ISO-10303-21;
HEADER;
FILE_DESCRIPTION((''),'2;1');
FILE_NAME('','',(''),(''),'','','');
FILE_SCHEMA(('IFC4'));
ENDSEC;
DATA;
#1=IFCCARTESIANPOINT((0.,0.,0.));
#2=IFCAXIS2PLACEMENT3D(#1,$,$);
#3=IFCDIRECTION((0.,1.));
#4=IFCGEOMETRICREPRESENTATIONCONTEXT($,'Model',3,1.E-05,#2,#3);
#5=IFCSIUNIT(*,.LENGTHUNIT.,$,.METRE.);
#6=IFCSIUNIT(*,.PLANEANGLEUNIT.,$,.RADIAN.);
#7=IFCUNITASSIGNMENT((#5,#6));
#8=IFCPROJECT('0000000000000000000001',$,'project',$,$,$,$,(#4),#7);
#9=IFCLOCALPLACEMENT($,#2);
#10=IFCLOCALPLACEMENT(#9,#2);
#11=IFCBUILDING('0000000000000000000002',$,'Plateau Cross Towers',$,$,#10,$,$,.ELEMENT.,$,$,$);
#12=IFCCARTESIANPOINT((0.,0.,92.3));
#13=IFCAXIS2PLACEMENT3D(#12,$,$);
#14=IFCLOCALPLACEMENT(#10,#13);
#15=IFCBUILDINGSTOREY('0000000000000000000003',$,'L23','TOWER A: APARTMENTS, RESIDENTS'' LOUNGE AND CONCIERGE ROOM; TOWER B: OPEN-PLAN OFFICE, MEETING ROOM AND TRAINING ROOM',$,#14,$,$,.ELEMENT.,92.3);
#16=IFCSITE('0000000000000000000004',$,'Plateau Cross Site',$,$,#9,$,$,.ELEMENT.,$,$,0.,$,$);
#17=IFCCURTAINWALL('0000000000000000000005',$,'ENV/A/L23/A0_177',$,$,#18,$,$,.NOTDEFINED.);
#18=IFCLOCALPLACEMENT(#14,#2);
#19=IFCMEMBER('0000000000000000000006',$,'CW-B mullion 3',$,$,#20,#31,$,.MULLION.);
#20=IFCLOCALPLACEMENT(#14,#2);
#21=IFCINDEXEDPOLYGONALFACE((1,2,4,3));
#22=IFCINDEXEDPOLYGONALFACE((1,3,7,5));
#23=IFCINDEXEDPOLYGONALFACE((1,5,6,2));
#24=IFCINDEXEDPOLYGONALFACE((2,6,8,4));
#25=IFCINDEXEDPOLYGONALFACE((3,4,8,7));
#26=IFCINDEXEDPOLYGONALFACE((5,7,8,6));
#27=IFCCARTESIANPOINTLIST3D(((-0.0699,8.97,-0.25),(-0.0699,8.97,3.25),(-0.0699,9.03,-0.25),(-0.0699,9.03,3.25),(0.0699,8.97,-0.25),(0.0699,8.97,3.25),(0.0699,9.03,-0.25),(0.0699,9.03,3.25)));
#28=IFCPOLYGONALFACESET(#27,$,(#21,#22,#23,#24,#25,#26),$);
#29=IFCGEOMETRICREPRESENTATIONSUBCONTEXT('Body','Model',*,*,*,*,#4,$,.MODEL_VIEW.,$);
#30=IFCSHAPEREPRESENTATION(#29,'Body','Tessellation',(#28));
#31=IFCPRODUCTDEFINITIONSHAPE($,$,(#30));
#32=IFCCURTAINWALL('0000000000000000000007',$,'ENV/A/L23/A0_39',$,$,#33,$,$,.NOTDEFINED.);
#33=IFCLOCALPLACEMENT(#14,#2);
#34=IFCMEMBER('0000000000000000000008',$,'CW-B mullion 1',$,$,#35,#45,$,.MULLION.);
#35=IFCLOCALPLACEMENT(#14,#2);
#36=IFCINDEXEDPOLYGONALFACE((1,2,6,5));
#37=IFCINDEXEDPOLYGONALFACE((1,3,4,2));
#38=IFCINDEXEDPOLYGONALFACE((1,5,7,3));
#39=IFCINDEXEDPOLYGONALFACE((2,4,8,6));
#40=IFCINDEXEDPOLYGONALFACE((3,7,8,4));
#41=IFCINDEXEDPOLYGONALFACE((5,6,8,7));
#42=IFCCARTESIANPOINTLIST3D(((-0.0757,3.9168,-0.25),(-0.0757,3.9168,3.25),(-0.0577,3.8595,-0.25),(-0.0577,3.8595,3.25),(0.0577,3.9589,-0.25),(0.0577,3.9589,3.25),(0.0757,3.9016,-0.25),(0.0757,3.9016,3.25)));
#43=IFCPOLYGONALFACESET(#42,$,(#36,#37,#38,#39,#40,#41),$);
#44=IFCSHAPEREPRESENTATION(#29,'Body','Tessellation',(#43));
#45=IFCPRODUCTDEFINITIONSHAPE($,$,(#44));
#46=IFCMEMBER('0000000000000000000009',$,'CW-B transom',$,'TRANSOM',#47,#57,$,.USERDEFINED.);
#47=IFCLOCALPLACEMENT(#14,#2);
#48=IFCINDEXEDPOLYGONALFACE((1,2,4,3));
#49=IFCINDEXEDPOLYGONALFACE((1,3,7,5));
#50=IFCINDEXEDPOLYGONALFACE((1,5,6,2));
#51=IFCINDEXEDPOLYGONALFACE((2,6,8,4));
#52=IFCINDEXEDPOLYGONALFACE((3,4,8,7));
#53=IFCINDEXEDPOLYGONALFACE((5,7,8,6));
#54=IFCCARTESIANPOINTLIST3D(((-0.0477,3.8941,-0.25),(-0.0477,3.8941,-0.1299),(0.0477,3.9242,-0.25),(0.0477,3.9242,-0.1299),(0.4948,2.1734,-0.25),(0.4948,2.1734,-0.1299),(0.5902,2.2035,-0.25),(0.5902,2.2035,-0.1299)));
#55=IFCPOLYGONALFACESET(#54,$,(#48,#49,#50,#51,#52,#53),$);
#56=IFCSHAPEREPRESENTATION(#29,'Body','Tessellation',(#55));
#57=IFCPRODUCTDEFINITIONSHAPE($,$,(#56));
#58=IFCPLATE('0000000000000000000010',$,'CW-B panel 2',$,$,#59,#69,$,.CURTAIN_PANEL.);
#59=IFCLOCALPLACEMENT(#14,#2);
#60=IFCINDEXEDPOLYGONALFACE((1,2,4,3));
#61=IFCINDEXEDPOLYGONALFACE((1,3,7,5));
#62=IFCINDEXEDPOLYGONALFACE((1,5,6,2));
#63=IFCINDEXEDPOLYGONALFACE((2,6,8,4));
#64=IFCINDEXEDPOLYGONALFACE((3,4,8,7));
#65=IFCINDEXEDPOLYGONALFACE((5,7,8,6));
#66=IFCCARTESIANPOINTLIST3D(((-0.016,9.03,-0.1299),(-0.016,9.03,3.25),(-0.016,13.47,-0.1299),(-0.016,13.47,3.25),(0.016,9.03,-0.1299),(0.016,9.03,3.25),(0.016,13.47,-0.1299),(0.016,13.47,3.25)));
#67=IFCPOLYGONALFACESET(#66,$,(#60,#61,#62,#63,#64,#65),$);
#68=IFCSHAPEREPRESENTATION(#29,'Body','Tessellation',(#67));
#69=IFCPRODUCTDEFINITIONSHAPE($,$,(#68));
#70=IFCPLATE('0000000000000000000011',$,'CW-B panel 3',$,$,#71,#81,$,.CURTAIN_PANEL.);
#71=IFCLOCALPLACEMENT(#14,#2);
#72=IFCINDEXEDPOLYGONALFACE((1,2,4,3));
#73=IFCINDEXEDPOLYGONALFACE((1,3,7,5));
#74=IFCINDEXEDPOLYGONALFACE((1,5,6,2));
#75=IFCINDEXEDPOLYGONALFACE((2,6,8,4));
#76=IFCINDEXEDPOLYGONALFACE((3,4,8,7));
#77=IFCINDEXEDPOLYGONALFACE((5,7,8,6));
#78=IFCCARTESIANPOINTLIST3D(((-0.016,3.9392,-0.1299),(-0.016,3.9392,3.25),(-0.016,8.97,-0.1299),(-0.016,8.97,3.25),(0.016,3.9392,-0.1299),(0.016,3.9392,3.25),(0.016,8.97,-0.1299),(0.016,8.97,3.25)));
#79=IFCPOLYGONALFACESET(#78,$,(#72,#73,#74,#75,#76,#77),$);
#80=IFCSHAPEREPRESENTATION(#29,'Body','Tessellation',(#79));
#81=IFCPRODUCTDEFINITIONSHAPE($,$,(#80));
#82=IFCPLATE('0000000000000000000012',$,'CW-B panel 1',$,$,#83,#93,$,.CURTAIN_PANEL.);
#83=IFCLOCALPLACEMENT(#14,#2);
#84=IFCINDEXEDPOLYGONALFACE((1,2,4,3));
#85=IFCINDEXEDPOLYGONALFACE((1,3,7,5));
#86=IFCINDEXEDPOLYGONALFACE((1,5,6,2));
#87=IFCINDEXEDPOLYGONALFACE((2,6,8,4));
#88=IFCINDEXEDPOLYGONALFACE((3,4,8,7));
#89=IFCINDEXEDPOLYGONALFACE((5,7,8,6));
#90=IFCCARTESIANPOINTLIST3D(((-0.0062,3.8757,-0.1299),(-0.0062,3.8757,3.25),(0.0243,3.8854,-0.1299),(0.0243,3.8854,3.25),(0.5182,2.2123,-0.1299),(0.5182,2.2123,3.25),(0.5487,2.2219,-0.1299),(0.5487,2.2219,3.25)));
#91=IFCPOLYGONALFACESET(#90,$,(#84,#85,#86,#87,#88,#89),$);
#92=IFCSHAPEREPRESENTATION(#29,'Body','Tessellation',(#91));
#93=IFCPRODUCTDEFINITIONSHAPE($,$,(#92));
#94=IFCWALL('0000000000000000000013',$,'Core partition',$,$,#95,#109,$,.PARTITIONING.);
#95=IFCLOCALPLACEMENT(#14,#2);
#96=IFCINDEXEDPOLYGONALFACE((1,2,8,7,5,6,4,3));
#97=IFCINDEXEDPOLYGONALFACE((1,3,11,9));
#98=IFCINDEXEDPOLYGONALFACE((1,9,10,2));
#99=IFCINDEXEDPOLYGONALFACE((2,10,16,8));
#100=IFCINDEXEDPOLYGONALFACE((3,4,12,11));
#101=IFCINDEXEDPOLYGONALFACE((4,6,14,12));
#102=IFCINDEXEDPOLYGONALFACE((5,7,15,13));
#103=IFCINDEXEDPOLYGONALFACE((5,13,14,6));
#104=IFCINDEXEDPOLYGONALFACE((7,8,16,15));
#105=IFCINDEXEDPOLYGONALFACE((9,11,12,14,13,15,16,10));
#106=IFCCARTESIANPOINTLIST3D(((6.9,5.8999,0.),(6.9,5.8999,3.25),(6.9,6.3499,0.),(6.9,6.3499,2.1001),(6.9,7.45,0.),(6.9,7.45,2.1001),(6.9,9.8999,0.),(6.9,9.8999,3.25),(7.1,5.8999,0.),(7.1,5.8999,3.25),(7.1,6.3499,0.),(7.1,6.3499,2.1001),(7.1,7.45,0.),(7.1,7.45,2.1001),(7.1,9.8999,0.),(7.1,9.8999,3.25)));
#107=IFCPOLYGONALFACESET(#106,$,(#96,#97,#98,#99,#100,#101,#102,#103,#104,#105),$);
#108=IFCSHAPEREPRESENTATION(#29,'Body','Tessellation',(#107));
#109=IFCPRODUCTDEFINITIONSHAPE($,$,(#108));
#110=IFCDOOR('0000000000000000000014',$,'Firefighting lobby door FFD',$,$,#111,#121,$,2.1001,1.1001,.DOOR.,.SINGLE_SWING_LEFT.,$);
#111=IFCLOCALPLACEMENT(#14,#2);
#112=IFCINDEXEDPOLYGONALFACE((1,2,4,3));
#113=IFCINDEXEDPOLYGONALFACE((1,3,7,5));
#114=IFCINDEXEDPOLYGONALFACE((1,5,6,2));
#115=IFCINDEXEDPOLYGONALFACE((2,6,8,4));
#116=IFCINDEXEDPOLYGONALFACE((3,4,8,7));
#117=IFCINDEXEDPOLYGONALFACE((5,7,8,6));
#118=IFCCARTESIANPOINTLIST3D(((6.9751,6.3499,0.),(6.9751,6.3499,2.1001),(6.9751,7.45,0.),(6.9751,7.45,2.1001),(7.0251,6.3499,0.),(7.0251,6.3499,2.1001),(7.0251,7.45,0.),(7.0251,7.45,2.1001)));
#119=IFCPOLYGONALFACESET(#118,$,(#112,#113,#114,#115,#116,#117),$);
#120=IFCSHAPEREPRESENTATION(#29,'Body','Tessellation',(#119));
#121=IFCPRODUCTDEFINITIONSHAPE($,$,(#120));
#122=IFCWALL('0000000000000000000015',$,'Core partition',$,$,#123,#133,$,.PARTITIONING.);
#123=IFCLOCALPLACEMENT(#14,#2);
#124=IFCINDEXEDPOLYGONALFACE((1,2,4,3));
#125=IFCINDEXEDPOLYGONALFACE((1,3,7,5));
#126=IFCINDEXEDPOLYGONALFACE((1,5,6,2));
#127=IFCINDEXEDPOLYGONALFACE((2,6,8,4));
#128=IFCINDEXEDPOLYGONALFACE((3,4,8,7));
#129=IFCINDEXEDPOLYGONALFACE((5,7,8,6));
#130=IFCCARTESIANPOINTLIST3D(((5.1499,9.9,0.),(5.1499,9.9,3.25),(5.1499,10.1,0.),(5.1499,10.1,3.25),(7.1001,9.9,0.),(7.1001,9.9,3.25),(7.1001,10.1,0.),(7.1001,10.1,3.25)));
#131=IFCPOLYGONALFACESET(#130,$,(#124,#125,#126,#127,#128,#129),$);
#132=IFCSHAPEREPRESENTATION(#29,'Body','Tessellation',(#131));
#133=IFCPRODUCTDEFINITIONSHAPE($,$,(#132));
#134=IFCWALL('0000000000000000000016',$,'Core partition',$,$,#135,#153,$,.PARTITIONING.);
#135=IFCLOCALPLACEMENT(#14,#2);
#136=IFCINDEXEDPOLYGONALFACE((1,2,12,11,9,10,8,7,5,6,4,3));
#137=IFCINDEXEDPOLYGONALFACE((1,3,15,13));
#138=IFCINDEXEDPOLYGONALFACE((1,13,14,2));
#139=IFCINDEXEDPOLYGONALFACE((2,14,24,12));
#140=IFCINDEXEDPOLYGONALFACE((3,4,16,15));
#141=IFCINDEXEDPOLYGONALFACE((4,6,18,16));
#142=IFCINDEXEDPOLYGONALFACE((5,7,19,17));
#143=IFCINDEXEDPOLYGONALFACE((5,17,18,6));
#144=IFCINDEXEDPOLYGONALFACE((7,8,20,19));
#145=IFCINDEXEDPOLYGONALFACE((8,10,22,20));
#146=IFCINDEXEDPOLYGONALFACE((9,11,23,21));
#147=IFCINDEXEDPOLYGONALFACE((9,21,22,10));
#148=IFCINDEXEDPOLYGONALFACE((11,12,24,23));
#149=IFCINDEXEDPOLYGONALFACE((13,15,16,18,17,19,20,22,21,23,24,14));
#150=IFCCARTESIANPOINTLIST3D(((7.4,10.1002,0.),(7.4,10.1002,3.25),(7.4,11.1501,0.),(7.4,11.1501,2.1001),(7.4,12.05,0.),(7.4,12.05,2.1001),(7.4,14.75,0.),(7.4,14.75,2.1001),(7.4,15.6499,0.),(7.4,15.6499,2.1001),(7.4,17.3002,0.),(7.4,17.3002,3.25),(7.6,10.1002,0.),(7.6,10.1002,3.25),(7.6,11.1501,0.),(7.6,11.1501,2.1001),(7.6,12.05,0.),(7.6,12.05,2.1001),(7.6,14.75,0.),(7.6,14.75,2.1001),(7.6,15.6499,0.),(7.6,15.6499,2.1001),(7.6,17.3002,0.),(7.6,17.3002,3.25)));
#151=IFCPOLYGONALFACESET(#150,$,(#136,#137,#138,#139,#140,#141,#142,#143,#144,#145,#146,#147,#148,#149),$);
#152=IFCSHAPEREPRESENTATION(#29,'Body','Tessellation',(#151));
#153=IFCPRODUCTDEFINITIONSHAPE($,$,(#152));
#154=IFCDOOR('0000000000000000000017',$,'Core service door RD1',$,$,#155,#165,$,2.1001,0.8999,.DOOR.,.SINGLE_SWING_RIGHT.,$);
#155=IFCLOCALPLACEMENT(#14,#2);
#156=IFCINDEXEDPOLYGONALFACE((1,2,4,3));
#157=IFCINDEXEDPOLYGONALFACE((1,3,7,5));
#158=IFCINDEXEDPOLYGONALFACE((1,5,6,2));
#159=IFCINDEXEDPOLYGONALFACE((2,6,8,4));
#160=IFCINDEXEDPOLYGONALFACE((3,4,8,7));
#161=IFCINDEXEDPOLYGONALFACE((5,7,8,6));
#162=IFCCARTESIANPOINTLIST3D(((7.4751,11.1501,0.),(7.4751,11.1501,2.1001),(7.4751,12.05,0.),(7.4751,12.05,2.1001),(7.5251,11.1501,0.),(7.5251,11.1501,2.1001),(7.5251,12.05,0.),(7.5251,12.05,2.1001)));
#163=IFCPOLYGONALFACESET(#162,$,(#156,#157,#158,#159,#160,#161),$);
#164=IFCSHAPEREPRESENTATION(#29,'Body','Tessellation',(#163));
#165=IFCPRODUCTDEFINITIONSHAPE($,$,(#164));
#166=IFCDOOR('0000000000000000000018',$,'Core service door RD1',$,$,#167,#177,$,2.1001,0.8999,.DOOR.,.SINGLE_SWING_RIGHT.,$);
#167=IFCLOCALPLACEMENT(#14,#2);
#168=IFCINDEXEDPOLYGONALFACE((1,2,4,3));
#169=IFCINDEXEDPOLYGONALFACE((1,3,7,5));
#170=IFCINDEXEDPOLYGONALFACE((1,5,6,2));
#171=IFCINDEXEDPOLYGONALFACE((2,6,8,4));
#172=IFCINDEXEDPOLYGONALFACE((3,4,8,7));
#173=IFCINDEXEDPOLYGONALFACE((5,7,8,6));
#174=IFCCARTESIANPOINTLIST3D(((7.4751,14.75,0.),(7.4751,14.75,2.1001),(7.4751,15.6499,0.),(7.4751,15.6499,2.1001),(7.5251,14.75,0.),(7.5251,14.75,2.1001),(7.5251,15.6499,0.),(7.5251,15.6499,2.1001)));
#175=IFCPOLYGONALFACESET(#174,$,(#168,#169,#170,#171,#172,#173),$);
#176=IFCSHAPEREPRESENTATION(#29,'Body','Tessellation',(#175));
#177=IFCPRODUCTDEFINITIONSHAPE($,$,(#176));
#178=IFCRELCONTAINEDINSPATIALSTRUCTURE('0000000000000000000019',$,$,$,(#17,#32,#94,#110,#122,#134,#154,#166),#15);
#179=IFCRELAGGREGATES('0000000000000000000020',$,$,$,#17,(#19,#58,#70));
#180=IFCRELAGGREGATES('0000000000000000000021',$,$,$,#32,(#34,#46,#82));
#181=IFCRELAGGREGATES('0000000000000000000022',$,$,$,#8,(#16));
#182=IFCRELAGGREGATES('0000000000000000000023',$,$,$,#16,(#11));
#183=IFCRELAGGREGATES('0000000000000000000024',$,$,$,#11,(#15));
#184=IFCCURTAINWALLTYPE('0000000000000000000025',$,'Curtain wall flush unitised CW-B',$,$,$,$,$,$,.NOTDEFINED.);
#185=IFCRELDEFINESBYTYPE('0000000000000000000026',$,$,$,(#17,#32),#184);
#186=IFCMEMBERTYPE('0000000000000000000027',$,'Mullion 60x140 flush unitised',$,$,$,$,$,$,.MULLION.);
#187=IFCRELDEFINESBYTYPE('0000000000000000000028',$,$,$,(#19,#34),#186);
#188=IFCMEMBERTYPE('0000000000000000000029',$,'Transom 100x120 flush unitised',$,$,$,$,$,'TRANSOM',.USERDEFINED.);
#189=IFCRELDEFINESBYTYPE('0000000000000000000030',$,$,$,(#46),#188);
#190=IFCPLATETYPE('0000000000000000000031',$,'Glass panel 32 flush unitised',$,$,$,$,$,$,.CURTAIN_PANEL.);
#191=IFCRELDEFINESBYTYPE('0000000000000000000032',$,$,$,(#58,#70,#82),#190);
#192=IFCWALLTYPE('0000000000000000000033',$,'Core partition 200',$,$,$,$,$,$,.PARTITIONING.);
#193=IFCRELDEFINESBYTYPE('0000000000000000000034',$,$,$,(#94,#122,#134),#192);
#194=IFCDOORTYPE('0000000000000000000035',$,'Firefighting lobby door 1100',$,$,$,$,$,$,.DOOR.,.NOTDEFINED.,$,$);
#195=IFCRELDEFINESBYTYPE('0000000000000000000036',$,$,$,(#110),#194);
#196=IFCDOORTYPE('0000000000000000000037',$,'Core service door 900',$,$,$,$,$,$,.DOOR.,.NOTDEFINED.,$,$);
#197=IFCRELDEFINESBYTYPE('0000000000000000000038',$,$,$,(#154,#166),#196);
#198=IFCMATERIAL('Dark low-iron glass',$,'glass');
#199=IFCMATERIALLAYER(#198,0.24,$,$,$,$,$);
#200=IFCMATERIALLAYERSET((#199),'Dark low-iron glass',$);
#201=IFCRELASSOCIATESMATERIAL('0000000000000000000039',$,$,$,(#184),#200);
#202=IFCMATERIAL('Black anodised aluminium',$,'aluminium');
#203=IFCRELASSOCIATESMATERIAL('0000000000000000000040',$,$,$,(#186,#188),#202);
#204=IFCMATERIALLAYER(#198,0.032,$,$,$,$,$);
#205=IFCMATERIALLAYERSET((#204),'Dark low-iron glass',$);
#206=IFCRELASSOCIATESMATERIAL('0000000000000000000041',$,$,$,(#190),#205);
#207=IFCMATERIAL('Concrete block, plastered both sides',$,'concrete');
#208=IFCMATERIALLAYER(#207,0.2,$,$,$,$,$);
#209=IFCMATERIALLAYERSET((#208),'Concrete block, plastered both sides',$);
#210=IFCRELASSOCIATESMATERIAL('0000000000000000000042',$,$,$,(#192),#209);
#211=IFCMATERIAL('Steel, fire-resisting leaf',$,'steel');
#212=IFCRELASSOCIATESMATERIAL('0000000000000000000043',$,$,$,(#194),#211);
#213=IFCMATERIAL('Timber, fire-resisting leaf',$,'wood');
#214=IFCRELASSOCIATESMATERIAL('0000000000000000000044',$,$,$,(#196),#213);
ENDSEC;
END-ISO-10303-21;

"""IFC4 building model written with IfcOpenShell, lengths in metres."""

from ifc_helpers import new_model, si_unit, direction, frame, frame_2d, origin, origin_2d, place, context, subcontext, project, spatial, rectangle, extrude, material, layer, layer_set, material_profile, profile_set, type_object, element, fill, aggregate, save


model = new_model("IFC4")

# Units and contexts
model_context = context("Model", 3, precision=1e-05, world=origin(), true_north=direction((0.0, 1.0)))
body_context = subcontext(model_context, "Body", "Model", "MODEL_VIEW")
ifc_project = project(units=[si_unit("LENGTHUNIT", "METRE"), si_unit("PLANEANGLEUNIT", "RADIAN")], contexts=[model_context])

# Site, building, storey
site_placement = place(None, origin())
site = spatial("IfcSite", under=ifc_project, at=site_placement, Name="Plateau Cross Site", CompositionType="ELEMENT", RefElevation=0.0)
building_placement = place(site_placement, origin())
building = spatial("IfcBuilding", under=site, at=building_placement, Name="Plateau Cross Towers", CompositionType="ELEMENT")
storey_placement = place(building_placement, frame((0.0, 0.0, 92.3)))
storey = spatial("IfcBuildingStorey", under=building, at=storey_placement, Name="L23", Description="TOWER A: APARTMENTS, RESIDENTS' LOUNGE AND CONCIERGE ROOM; TOWER B: OPEN-PLAN OFFICE, MEETING ROOM AND TRAINING ROOM", CompositionType="ELEMENT", Elevation=92.3)

# Curtain wall, member
ifc_material_1 = material(Name="Dark low-iron glass", Category="glass")
ifc_layer_1 = layer(ifc_material_1, 0.24)
ifc_layer_set_1 = layer_set([ifc_layer_1], Name="Dark low-iron glass")
curtain_wall_type = type_object("IfcCurtainWallType", Name="Curtain wall flush unitised CW-B", PredefinedType="NOTDEFINED", material=ifc_layer_set_1)
curtain_wall_1_placement = place(storey_placement, origin())
curtain_wall_1 = element("IfcCurtainWall", 1, at=curtain_wall_1_placement, inside=storey, type_object=curtain_wall_type, Name="ENV/A/L23/A0_177", PredefinedType="NOTDEFINED")
ifc_material_2 = material(Name="Black anodised aluminium", Category="aluminium")
ifc_material_profile_1 = material_profile(ifc_material_2, rectangle(XDim=0.0601, YDim=0.1399, at=origin_2d()), Name="MULLION 60x140")
ifc_profile_set_1 = profile_set([ifc_material_profile_1], Name="Black anodised aluminium")
member_type_1 = type_object("IfcMemberType", Name="Mullion 60x140 flush unitised", PredefinedType="MULLION", material=ifc_profile_set_1)
member_1_placement = place(storey_placement, frame((0.0, 9.0, -0.25), z_axis=(0.0, 0.0, 1.0), x_axis=(0.0, -1.0, 0.0)))
member_1 = element("IfcMember", 2, at=member_1_placement, type_object=member_type_1, Name="CW-B mullion 3", PredefinedType="MULLION", context=body_context, shape_type="SweptSolid", body=[
    extrude(rectangle(XDim=0.0601, YDim=0.1399, at=origin_2d()), origin(), (0.0, 0.0, 1.0), 3.5),
])

# Curtain wall, members
curtain_wall_2_placement = place(storey_placement, origin())
curtain_wall_2 = element("IfcCurtainWall", 3, at=curtain_wall_2_placement, inside=storey, type_object=curtain_wall_type, Name="ENV/A/L23/A0_39", PredefinedType="NOTDEFINED")
member_2_placement = place(storey_placement, frame((0.0, 3.9092, -0.25), z_axis=(0.0, 0.0, 1.0), x_axis=(0.300686, -0.953723, 0.0)))
member_2 = element("IfcMember", 4, at=member_2_placement, type_object=member_type_1, Name="CW-B mullion 1", PredefinedType="MULLION", context=body_context, shape_type="SweptSolid", body=[
    extrude(rectangle(XDim=0.0601, YDim=0.1399, at=origin_2d()), origin(), (0.0, 0.0, 1.0), 3.5),
])
ifc_material_profile_2 = material_profile(ifc_material_2, rectangle(XDim=0.1001, YDim=0.1201, at=origin_2d()), Name="TRANSOM 100x120")
ifc_profile_set_2 = profile_set([ifc_material_profile_2], Name="Black anodised aluminium")
member_type_2 = type_object("IfcMemberType", Name="Transom 100x120 flush unitised", ElementType="TRANSOM", PredefinedType="USERDEFINED", material=ifc_profile_set_2)
member_3_placement = place(storey_placement, frame((0.0, 3.9092, -0.1899), z_axis=(0.300678, -0.953726, 0.0), x_axis=(0.953726, 0.300678, 0.0)))
member_3 = element("IfcMember", 5, at=member_3_placement, type_object=member_type_2, Name="CW-B transom", ObjectType="TRANSOM", PredefinedType="USERDEFINED", context=body_context, shape_type="SweptSolid", body=[
    extrude(rectangle(XDim=0.1001, YDim=0.1201, at=origin_2d()), origin(), (0.0, 0.0, 1.0), 1.8042),
])

# Plates
ifc_layer_2 = layer(ifc_material_1, 0.032)
ifc_layer_set_2 = layer_set([ifc_layer_2], Name="Dark low-iron glass")
plate_type = type_object("IfcPlateType", Name="Glass panel 32 flush unitised", PredefinedType="CURTAIN_PANEL", material=ifc_layer_set_2)
plate_1_placement = place(storey_placement, frame((0.0, 11.25, -0.1299), z_axis=(0.0, 0.0, 1.0), x_axis=(0.0, -1.0, 0.0)))
plate_1 = element("IfcPlate", 6, at=plate_1_placement, type_object=plate_type, Name="CW-B panel 2", PredefinedType="CURTAIN_PANEL", context=body_context, shape_type="SweptSolid", body=[
    extrude(rectangle(XDim=4.4399, YDim=0.032, at=origin_2d()), origin(), (0.0, 0.0, 1.0), 3.3799),
])
plate_2_placement = place(storey_placement, frame((0.0, 6.4546, -0.1299), z_axis=(0.0, 0.0, 1.0), x_axis=(0.0, -1.0, 0.0)))
plate_2 = element("IfcPlate", 7, at=plate_2_placement, type_object=plate_type, Name="CW-B panel 3", PredefinedType="CURTAIN_PANEL", context=body_context, shape_type="SweptSolid", body=[
    extrude(rectangle(XDim=5.0308, YDim=0.032, at=origin_2d()), origin(), (0.0, 0.0, 1.0), 3.3799),
])
aggregate(curtain_wall_1, [member_1, plate_1, plate_2])
plate_3_placement = place(storey_placement, frame((0.2712, 3.0488, -0.1299), z_axis=(0.0, 0.0, 1.0), x_axis=(0.300686, -0.953723, 0.0)))
plate_3 = element("IfcPlate", 8, at=plate_3_placement, type_object=plate_type, Name="CW-B panel 1", PredefinedType="CURTAIN_PANEL", context=body_context, shape_type="SweptSolid", body=[
    extrude(rectangle(XDim=1.7441, YDim=0.032, at=origin_2d()), origin(), (0.0, 0.0, 1.0), 3.3799),
])
aggregate(curtain_wall_2, [member_2, member_3, plate_3])

# Wall, opening, door
ifc_material_3 = material(Name="Concrete block, plastered both sides", Category="concrete")
ifc_layer_3 = layer(ifc_material_3, 0.2)
ifc_layer_set_3 = layer_set([ifc_layer_3], Name="Concrete block, plastered both sides")
wall_type_1 = type_object("IfcWallType", Name="Core partition 200", PredefinedType="PARTITIONING", material=ifc_layer_set_3)
wall_1_placement = place(storey_placement, frame((7.0, 5.8999, 0.0), z_axis=(0.0, 0.0, 1.0), x_axis=(0.0, 1.0, 0.0)))
wall_1 = element("IfcWall", 9, at=wall_1_placement, inside=storey, type_object=wall_type_1, Name="Core partition", PredefinedType="PARTITIONING", context=body_context, shape_type="SweptSolid", body=[
    extrude(rectangle(XDim=4.0, YDim=0.2, at=frame_2d((2.0, 0.0))), origin(), (0.0, 0.0, 1.0), 3.25),
])
opening_1_placement = place(wall_1_placement, frame((0.45, 0.0, 0.0)))
opening_1 = element("IfcOpeningElement", 10, at=opening_1_placement, cuts=wall_1, PredefinedType="OPENING", context=body_context, shape_type="SweptSolid", body=[
    extrude(rectangle(XDim=1.1001, YDim=2.1001, at=frame_2d((0.55, 1.05))), frame((0.0, 0.1099, 0.0), z_axis=(0.0, -1.0, 0.0), x_axis=(1.0, 0.0, 0.0)), (0.0, 0.0, 1.0), 0.22),
])
ifc_material_4 = material(Name="Steel, fire-resisting leaf", Category="steel")
door_type_1 = type_object("IfcDoorType", Name="Firefighting lobby door 1100", OperationType="NOTDEFINED", PredefinedType="DOOR", material=ifc_material_4)
door_1_placement = place(opening_1_placement, origin())
door_1 = element("IfcDoor", 11, at=door_1_placement, inside=storey, type_object=door_type_1, Name="Firefighting lobby door FFD", OperationType="SINGLE_SWING_LEFT", OverallHeight=2.1001, OverallWidth=1.1001, PredefinedType="DOOR", context=body_context, shape_type="SweptSolid", body=[
    extrude(rectangle(XDim=1.1001, YDim=2.1001, at=frame_2d((0.55, 1.05))), frame((0.0, 0.0249, 0.0), z_axis=(0.0, -1.0, 0.0), x_axis=(1.0, 0.0, 0.0)), (0.0, 0.0, 1.0), 0.05),
])
fill(opening_1, door_1)

# Wall
wall_2_placement = place(storey_placement, frame((5.1499, 10.0, 0.0), z_axis=(0.0, 0.0, 1.0), x_axis=(1.0, 0.0, 0.0)))
element("IfcWall", 12, at=wall_2_placement, inside=storey, type_object=wall_type_1, Name="Core partition", PredefinedType="PARTITIONING", context=body_context, shape_type="SweptSolid", body=[
    extrude(rectangle(XDim=1.9502, YDim=0.2, at=frame_2d((0.9751, 0.0))), origin(), (0.0, 0.0, 1.0), 3.25),
])

# Wall, openings, doors
wall_3_placement = place(storey_placement, frame((7.5, 10.1001, 0.0), z_axis=(0.0, 0.0, 1.0), x_axis=(0.0, 1.0, 0.0)))
wall_3 = element("IfcWall", 13, at=wall_3_placement, inside=storey, type_object=wall_type_1, Name="Core partition", PredefinedType="PARTITIONING", context=body_context, shape_type="SweptSolid", body=[
    extrude(rectangle(XDim=7.2, YDim=0.2, at=frame_2d((3.6001, 0.0))), origin(), (0.0, 0.0, 1.0), 3.25),
])
opening_2_placement = place(wall_3_placement, frame((1.05, 0.0, 0.0)))
opening_2 = element("IfcOpeningElement", 14, at=opening_2_placement, cuts=wall_3, PredefinedType="OPENING", context=body_context, shape_type="SweptSolid", body=[
    extrude(rectangle(XDim=0.8999, YDim=2.1001, at=frame_2d((0.45, 1.05))), frame((0.0, 0.1099, 0.0), z_axis=(0.0, -1.0, 0.0), x_axis=(1.0, 0.0, 0.0)), (0.0, 0.0, 1.0), 0.22),
])
opening_3_placement = place(wall_3_placement, frame((4.6499, 0.0, 0.0)))
opening_3 = element("IfcOpeningElement", 15, at=opening_3_placement, cuts=wall_3, PredefinedType="OPENING", context=body_context, shape_type="SweptSolid", body=[
    extrude(rectangle(XDim=0.8999, YDim=2.1001, at=frame_2d((0.45, 1.05))), frame((0.0, 0.1099, 0.0), z_axis=(0.0, -1.0, 0.0), x_axis=(1.0, 0.0, 0.0)), (0.0, 0.0, 1.0), 0.22),
])
ifc_material_5 = material(Name="Timber, fire-resisting leaf", Category="wood")
door_type_2 = type_object("IfcDoorType", Name="Core service door 900", OperationType="NOTDEFINED", PredefinedType="DOOR", material=ifc_material_5)
door_2_placement = place(opening_2_placement, origin())
door_2 = element("IfcDoor", 16, at=door_2_placement, inside=storey, type_object=door_type_2, Name="Core service door RD1", OperationType="SINGLE_SWING_RIGHT", OverallHeight=2.1001, OverallWidth=0.8999, PredefinedType="DOOR", context=body_context, shape_type="SweptSolid", body=[
    extrude(rectangle(XDim=0.8999, YDim=2.1001, at=frame_2d((0.45, 1.05))), frame((0.0, 0.0249, 0.0), z_axis=(0.0, -1.0, 0.0), x_axis=(1.0, 0.0, 0.0)), (0.0, 0.0, 1.0), 0.05),
])
fill(opening_2, door_2)
door_3_placement = place(opening_3_placement, origin())
door_3 = element("IfcDoor", 17, at=door_3_placement, inside=storey, type_object=door_type_2, Name="Core service door RD1", OperationType="SINGLE_SWING_RIGHT", OverallHeight=2.1001, OverallWidth=0.8999, PredefinedType="DOOR", context=body_context, shape_type="SweptSolid", body=[
    extrude(rectangle(XDim=0.8999, YDim=2.1001, at=frame_2d((0.45, 1.05))), frame((0.0, 0.0249, 0.0), z_axis=(0.0, -1.0, 0.0), x_axis=(1.0, 0.0, 0.0)), (0.0, 0.0, 1.0), 0.05),
])
fill(opening_3, door_3)

save(model, "model.ifc")
